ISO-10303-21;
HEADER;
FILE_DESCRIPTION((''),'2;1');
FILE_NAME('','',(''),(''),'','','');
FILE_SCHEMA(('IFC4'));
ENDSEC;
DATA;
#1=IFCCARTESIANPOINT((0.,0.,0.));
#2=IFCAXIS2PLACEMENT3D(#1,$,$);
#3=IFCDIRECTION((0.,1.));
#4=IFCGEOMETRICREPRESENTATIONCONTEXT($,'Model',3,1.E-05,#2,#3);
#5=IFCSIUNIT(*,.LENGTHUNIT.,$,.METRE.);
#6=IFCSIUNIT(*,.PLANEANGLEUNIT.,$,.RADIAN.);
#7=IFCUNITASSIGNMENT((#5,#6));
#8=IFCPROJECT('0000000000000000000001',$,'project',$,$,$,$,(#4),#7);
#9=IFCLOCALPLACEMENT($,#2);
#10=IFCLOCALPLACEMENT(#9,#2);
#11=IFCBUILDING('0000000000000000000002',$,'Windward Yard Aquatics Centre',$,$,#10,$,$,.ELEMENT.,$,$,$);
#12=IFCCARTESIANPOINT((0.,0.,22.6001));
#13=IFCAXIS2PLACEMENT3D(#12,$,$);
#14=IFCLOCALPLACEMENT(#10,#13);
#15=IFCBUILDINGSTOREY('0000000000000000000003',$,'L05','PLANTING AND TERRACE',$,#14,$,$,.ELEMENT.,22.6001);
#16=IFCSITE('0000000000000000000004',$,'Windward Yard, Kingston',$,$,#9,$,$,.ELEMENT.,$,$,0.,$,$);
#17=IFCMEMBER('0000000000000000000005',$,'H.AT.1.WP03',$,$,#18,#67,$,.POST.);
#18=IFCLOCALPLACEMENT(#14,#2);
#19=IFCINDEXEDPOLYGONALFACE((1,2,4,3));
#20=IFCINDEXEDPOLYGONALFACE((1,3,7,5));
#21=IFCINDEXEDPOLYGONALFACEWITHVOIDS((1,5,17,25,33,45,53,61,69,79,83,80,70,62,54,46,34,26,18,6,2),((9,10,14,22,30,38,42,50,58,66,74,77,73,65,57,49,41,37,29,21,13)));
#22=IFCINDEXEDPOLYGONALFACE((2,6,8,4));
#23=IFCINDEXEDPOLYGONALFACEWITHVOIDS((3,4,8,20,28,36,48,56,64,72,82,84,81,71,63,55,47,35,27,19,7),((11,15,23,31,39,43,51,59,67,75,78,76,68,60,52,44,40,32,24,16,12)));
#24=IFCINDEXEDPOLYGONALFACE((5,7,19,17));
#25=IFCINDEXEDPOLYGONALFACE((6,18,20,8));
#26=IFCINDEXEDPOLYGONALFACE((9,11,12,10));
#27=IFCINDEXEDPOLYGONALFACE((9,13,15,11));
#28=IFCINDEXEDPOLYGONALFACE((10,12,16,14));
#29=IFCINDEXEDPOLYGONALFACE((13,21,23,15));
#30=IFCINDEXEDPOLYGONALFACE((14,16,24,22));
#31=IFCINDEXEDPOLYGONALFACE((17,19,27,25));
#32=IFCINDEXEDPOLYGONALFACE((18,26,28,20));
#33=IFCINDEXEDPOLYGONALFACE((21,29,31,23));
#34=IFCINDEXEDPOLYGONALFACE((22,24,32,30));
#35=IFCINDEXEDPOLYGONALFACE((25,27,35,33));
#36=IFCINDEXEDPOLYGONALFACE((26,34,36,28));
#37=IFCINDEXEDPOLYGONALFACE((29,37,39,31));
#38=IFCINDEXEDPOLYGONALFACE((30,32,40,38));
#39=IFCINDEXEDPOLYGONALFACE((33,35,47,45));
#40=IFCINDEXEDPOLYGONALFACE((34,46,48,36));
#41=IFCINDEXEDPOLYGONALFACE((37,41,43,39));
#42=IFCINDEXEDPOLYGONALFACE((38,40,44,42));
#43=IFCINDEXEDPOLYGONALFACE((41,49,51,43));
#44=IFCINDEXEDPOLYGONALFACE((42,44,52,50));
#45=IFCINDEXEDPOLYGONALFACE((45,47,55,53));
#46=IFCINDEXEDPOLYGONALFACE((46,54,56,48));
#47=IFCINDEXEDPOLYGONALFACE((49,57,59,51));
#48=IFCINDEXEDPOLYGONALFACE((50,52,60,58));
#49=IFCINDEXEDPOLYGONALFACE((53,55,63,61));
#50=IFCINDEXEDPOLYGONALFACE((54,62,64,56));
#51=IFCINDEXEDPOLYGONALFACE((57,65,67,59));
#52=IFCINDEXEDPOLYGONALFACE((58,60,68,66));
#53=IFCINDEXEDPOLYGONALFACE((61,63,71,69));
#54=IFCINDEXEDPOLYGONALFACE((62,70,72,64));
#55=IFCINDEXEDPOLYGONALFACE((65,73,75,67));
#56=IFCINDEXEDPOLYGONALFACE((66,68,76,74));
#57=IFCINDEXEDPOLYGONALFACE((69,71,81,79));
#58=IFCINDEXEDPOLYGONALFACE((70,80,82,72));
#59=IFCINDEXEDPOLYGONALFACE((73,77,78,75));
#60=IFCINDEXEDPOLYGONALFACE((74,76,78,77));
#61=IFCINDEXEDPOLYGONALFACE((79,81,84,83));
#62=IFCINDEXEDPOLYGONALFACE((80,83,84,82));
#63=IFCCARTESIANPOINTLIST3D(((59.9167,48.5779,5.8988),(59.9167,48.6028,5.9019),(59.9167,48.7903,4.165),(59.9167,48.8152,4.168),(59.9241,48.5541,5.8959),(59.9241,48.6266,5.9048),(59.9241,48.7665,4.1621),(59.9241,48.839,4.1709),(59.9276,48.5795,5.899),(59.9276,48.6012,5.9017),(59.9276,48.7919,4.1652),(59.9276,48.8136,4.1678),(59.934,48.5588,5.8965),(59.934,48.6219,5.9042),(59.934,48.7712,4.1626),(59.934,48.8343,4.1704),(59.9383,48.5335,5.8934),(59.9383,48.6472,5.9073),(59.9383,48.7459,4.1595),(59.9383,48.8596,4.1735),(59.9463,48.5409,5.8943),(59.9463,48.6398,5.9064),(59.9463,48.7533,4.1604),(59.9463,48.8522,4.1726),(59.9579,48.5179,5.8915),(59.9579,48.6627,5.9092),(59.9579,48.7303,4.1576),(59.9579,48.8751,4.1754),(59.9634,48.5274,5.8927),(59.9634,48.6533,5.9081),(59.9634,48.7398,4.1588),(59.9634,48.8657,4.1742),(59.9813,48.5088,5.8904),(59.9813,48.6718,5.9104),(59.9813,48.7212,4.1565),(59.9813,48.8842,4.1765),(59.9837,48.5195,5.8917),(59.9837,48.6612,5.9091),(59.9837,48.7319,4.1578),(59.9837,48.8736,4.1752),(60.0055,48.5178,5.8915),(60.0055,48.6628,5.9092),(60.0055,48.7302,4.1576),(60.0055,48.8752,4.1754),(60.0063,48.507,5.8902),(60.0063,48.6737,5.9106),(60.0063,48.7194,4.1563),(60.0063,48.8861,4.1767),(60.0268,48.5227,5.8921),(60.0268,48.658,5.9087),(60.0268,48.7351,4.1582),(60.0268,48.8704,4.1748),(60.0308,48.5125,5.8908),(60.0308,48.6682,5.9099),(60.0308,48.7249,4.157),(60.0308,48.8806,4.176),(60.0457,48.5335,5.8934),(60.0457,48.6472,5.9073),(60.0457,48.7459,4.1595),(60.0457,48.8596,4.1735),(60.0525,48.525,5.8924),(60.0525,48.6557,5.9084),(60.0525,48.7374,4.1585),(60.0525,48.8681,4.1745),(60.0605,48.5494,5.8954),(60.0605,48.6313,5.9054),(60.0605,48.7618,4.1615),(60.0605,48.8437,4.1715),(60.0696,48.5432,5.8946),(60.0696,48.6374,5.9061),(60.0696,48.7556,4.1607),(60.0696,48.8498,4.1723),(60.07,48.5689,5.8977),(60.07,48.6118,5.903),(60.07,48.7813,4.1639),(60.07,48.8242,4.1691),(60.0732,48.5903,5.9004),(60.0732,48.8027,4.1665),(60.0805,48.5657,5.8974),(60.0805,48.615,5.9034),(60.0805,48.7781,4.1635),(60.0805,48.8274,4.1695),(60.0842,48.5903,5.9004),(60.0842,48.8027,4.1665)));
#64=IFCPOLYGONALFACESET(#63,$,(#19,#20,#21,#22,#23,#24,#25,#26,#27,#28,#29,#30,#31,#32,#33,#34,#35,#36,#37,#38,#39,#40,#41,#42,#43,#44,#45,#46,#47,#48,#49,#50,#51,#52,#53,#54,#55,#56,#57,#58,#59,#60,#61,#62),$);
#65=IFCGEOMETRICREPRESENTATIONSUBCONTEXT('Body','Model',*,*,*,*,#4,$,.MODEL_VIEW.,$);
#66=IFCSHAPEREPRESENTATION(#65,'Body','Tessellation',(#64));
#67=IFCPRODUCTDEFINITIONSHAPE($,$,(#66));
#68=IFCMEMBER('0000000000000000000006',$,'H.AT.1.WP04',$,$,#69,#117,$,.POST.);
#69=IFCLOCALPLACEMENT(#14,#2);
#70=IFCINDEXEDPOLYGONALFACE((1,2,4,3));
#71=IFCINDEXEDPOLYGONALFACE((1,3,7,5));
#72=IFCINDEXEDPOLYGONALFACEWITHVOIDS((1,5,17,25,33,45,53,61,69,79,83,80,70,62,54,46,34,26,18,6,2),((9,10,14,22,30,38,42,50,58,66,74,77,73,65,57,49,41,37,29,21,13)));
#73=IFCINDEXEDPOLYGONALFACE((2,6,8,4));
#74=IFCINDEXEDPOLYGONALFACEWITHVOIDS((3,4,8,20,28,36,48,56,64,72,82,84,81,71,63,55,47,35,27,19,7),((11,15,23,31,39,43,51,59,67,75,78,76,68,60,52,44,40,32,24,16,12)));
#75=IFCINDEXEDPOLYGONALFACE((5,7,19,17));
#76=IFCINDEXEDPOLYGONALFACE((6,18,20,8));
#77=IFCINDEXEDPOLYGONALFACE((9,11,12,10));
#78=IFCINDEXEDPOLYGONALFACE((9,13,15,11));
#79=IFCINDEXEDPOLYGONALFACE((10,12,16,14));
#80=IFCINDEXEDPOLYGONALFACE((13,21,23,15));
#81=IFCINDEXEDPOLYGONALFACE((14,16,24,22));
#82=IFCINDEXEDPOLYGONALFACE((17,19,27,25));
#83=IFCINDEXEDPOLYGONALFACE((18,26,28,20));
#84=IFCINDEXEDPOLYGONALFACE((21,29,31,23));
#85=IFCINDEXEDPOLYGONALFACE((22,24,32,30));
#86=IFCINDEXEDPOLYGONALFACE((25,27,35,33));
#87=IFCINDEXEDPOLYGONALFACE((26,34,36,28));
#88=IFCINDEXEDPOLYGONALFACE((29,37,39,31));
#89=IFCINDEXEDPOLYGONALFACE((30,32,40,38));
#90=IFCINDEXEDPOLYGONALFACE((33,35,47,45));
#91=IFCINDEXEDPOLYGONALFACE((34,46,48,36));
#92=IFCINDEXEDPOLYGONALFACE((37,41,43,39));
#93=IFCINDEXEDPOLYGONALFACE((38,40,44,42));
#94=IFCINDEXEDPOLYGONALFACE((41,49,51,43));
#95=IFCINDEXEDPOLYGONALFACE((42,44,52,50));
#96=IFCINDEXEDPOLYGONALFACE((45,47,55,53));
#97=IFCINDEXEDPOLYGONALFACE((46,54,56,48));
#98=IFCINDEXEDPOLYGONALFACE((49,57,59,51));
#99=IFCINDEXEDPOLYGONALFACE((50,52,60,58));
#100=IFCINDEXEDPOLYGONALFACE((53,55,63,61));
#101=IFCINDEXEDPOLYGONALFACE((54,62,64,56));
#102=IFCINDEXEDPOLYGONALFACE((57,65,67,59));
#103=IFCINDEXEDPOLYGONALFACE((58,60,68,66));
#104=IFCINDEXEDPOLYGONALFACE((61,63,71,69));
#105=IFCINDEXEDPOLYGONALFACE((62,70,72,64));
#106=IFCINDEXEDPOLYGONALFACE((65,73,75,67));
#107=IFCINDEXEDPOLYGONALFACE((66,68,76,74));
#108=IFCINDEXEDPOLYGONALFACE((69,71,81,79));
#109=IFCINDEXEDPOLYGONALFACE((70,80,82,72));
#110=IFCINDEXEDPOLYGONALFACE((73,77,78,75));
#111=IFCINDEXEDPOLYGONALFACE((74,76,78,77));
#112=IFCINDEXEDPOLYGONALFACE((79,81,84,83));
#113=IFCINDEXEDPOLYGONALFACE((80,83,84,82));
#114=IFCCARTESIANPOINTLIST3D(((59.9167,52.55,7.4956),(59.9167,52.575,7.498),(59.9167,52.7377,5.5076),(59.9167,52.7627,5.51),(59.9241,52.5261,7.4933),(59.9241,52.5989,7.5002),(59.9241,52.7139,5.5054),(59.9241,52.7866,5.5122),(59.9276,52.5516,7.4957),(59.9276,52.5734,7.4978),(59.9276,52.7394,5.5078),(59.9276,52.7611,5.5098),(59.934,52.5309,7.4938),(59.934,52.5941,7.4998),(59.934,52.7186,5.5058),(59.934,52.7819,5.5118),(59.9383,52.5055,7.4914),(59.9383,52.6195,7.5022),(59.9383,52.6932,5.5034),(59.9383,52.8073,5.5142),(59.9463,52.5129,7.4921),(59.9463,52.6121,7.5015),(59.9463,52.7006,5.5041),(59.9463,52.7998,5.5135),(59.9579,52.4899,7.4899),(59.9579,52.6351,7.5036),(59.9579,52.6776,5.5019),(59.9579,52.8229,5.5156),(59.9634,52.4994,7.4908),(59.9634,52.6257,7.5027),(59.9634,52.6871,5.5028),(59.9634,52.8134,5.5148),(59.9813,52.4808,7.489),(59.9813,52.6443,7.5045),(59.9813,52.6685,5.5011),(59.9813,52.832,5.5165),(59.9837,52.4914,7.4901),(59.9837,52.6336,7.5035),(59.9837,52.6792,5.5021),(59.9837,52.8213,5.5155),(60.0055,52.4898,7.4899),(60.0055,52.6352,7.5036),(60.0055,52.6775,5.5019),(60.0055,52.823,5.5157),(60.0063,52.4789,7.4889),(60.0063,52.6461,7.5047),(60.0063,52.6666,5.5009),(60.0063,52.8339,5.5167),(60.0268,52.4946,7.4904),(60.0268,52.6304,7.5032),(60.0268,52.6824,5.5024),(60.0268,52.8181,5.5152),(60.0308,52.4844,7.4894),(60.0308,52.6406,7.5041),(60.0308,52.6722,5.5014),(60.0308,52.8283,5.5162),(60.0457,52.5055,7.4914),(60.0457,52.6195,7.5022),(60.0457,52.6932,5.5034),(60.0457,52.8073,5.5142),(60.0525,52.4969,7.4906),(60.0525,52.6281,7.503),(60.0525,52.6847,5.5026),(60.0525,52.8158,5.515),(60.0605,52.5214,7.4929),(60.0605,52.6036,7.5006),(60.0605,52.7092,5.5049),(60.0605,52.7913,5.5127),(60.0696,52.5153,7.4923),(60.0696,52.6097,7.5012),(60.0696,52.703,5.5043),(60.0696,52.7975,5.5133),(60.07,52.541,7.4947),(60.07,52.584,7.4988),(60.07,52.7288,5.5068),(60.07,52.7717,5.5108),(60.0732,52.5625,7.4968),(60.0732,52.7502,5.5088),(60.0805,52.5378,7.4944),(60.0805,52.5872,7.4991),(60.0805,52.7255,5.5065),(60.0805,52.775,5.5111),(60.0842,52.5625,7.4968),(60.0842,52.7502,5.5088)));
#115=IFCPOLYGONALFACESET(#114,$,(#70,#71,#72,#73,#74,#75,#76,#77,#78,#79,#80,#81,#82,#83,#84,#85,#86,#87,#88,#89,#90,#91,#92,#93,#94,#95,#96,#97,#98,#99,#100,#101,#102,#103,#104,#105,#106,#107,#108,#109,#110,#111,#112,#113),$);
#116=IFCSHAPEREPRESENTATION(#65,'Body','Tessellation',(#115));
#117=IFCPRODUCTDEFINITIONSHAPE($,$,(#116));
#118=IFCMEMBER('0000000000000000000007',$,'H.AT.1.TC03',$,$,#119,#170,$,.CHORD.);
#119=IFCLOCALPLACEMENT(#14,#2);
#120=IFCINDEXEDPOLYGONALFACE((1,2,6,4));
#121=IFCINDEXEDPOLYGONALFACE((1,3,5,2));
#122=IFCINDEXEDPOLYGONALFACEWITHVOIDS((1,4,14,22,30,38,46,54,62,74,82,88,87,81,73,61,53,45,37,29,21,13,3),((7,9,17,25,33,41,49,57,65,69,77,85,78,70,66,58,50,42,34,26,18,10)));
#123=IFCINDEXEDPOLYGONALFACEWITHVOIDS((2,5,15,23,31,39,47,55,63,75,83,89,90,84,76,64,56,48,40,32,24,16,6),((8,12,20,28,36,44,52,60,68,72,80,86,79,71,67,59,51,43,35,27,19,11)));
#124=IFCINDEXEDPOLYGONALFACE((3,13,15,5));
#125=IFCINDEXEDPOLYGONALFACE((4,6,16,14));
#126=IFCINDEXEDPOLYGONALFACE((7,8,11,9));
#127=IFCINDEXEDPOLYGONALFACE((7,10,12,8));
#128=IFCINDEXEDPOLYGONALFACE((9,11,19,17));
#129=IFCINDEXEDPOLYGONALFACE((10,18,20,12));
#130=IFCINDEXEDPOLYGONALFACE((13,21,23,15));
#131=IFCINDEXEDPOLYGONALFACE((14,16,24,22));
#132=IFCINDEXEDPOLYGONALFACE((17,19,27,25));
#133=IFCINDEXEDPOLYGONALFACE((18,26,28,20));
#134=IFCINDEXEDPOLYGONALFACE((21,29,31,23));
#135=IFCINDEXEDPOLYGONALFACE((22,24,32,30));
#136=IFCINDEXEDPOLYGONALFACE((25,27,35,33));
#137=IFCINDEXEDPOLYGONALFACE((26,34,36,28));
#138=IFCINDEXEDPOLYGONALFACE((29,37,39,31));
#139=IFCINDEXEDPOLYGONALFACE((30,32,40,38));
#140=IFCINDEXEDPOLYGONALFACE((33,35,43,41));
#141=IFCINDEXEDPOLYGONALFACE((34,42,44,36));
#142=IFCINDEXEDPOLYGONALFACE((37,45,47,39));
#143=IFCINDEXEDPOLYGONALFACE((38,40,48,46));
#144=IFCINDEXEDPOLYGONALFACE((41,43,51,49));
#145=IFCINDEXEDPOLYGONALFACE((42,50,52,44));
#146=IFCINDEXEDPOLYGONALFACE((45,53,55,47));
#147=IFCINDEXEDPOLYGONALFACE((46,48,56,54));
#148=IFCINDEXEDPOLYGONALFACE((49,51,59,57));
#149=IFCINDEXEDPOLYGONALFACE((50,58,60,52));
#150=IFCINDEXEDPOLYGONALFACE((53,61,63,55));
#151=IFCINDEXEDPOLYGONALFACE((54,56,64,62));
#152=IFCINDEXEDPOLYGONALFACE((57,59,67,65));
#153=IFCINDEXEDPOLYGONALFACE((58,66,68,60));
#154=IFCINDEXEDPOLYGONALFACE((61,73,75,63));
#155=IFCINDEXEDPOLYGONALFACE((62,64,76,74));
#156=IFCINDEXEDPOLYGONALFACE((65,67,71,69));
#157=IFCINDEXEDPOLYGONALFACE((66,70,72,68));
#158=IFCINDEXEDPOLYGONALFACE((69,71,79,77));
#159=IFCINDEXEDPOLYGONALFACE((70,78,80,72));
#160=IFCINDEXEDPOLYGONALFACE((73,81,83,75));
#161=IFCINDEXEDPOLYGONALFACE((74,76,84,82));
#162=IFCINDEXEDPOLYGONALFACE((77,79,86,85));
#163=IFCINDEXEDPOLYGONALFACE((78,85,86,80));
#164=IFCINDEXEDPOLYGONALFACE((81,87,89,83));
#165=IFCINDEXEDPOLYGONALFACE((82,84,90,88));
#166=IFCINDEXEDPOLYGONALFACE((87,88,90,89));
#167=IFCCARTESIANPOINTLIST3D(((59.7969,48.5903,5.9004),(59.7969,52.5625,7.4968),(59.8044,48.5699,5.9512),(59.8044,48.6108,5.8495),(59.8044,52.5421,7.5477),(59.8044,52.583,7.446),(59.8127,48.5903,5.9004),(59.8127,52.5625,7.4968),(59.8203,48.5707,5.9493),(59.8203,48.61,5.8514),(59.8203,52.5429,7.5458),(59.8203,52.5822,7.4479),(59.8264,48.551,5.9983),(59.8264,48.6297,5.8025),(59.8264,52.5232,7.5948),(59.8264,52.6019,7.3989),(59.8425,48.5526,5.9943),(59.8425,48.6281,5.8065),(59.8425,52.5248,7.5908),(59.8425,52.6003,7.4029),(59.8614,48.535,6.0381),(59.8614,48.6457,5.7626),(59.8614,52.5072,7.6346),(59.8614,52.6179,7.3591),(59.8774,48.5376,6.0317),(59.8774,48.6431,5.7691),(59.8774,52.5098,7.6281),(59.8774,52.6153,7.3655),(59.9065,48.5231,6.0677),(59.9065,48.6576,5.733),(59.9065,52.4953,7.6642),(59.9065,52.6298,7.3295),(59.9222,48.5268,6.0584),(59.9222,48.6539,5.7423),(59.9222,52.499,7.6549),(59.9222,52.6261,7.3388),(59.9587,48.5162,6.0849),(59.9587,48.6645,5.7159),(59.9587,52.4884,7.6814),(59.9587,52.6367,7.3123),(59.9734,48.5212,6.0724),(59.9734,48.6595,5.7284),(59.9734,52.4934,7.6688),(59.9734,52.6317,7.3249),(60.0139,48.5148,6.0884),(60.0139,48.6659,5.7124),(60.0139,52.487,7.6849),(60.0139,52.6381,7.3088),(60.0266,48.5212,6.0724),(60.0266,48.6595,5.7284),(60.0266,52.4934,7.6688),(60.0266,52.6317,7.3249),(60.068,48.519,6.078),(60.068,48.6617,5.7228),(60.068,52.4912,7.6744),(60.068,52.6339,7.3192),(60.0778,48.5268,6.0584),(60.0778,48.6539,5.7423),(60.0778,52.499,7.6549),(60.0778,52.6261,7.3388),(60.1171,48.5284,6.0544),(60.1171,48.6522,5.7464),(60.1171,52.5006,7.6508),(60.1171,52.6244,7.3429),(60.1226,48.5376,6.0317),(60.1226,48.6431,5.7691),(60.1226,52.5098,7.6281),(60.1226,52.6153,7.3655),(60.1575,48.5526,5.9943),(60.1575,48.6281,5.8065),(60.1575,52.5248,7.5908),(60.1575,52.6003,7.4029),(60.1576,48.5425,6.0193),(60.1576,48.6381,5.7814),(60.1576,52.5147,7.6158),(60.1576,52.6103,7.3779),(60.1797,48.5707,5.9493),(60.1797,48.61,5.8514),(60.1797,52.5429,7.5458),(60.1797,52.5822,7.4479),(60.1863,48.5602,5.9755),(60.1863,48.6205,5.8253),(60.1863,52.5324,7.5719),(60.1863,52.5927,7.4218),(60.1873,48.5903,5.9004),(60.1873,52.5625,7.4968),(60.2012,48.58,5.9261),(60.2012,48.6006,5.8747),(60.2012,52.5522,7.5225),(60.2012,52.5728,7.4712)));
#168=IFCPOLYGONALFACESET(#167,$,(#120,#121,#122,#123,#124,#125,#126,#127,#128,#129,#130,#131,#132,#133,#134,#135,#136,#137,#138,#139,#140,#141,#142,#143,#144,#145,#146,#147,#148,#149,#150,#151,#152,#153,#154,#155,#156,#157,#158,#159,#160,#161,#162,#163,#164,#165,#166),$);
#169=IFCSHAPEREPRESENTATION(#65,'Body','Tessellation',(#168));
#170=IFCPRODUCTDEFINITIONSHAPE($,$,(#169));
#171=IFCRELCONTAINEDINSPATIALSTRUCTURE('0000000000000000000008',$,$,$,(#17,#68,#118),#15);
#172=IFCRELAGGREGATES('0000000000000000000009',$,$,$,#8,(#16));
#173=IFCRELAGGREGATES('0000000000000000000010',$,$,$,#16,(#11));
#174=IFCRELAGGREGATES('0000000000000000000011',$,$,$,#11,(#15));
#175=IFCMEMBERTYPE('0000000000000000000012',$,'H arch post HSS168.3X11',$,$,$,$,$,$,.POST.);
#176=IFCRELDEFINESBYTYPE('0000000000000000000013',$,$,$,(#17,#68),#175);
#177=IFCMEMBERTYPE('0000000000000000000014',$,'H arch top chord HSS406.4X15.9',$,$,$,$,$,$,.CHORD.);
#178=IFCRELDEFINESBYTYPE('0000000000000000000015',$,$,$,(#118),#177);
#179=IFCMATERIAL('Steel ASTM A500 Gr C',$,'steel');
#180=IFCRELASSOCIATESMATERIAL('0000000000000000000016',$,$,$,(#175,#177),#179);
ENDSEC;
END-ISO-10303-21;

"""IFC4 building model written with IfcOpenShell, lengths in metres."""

from ifc_helpers import new_model, si_unit, direction, frame, origin, origin_2d, place, context, subcontext, project, spatial, hollow_circle, extrude, material, material_profile, profile_set, type_object, element, save


model = new_model("IFC4")

# Units and contexts
model_context = context("Model", 3, precision=1e-05, world=origin(), true_north=direction((0.0, 1.0)))
body_context = subcontext(model_context, "Body", "Model", "MODEL_VIEW")
ifc_project = project(units=[si_unit("LENGTHUNIT", "METRE"), si_unit("PLANEANGLEUNIT", "RADIAN")], contexts=[model_context])

# Site, building, storey
site_placement = place(None, origin())
site = spatial("IfcSite", under=ifc_project, at=site_placement, Name="Windward Yard, Kingston", CompositionType="ELEMENT", RefElevation=0.0)
building_placement = place(site_placement, origin())
building = spatial("IfcBuilding", under=site, at=building_placement, Name="Windward Yard Aquatics Centre", CompositionType="ELEMENT")
storey_placement = place(building_placement, frame((0.0, 0.0, 22.6001)))
storey = spatial("IfcBuildingStorey", under=building, at=storey_placement, Name="L05", Description="PLANTING AND TERRACE", CompositionType="ELEMENT", Elevation=22.6001)

# Members
ifc_material_1 = material(Name="Steel ASTM A500 Gr C", Category="steel")
ifc_material_profile_1 = material_profile(ifc_material_1, hollow_circle(Radius=0.0842, WallThickness=0.011, at=origin_2d()), Name="HSS168.3X11")
ifc_profile_set_1 = profile_set([ifc_material_profile_1], Name="Steel ASTM A500 Gr C")
member_type_1 = type_object("IfcMemberType", Name="H arch post HSS168.3X11", PredefinedType="POST", material=ifc_profile_set_1)
member_1_placement = place(storey_placement, frame((60.0, 48.8027, 4.1665), z_axis=(0.0, -0.121592, 0.99258), x_axis=(1.0, 0.0, 0.0)))
element("IfcMember", 1, at=member_1_placement, inside=storey, type_object=member_type_1, Name="H.AT.1.WP03", PredefinedType="POST", context=body_context, shape_type="SweptSolid", body=[
    extrude(hollow_circle(Radius=0.0842, WallThickness=0.011, at=origin_2d()), origin(), (0.0, 0.0, 1.0), 1.7468),
])
member_2_placement = place(storey_placement, frame((60.0, 52.7502, 5.5088), z_axis=(0.0, -0.094019, 0.99557), x_axis=(1.0, 0.0, 0.0)))
element("IfcMember", 2, at=member_2_placement, inside=storey, type_object=member_type_1, Name="H.AT.1.WP04", PredefinedType="POST", context=body_context, shape_type="SweptSolid", body=[
    extrude(hollow_circle(Radius=0.0842, WallThickness=0.011, at=origin_2d()), origin(), (0.0, 0.0, 1.0), 1.9968),
])
ifc_material_profile_2 = material_profile(ifc_material_1, hollow_circle(Radius=0.2031, WallThickness=0.0159, at=origin_2d()), Name="HSS406.4X15.9")
ifc_profile_set_2 = profile_set([ifc_material_profile_2], Name="Steel ASTM A500 Gr C")
member_type_2 = type_object("IfcMemberType", Name="H arch top chord HSS406.4X15.9", PredefinedType="CHORD", material=ifc_profile_set_2)
member_3_placement = place(storey_placement, frame((60.0, 48.5903, 5.9004), z_axis=(0.0, 0.927866, 0.372914), x_axis=(-1.0, 0.0, 0.0)))
element("IfcMember", 3, at=member_3_placement, inside=storey, type_object=member_type_2, Name="H.AT.1.TC03", PredefinedType="CHORD", context=body_context, shape_type="SweptSolid", body=[
    extrude(hollow_circle(Radius=0.2031, WallThickness=0.0159, at=origin_2d()), origin(), (0.0, 0.0, 1.0), 4.281),
])

save(model, "model.ifc")
